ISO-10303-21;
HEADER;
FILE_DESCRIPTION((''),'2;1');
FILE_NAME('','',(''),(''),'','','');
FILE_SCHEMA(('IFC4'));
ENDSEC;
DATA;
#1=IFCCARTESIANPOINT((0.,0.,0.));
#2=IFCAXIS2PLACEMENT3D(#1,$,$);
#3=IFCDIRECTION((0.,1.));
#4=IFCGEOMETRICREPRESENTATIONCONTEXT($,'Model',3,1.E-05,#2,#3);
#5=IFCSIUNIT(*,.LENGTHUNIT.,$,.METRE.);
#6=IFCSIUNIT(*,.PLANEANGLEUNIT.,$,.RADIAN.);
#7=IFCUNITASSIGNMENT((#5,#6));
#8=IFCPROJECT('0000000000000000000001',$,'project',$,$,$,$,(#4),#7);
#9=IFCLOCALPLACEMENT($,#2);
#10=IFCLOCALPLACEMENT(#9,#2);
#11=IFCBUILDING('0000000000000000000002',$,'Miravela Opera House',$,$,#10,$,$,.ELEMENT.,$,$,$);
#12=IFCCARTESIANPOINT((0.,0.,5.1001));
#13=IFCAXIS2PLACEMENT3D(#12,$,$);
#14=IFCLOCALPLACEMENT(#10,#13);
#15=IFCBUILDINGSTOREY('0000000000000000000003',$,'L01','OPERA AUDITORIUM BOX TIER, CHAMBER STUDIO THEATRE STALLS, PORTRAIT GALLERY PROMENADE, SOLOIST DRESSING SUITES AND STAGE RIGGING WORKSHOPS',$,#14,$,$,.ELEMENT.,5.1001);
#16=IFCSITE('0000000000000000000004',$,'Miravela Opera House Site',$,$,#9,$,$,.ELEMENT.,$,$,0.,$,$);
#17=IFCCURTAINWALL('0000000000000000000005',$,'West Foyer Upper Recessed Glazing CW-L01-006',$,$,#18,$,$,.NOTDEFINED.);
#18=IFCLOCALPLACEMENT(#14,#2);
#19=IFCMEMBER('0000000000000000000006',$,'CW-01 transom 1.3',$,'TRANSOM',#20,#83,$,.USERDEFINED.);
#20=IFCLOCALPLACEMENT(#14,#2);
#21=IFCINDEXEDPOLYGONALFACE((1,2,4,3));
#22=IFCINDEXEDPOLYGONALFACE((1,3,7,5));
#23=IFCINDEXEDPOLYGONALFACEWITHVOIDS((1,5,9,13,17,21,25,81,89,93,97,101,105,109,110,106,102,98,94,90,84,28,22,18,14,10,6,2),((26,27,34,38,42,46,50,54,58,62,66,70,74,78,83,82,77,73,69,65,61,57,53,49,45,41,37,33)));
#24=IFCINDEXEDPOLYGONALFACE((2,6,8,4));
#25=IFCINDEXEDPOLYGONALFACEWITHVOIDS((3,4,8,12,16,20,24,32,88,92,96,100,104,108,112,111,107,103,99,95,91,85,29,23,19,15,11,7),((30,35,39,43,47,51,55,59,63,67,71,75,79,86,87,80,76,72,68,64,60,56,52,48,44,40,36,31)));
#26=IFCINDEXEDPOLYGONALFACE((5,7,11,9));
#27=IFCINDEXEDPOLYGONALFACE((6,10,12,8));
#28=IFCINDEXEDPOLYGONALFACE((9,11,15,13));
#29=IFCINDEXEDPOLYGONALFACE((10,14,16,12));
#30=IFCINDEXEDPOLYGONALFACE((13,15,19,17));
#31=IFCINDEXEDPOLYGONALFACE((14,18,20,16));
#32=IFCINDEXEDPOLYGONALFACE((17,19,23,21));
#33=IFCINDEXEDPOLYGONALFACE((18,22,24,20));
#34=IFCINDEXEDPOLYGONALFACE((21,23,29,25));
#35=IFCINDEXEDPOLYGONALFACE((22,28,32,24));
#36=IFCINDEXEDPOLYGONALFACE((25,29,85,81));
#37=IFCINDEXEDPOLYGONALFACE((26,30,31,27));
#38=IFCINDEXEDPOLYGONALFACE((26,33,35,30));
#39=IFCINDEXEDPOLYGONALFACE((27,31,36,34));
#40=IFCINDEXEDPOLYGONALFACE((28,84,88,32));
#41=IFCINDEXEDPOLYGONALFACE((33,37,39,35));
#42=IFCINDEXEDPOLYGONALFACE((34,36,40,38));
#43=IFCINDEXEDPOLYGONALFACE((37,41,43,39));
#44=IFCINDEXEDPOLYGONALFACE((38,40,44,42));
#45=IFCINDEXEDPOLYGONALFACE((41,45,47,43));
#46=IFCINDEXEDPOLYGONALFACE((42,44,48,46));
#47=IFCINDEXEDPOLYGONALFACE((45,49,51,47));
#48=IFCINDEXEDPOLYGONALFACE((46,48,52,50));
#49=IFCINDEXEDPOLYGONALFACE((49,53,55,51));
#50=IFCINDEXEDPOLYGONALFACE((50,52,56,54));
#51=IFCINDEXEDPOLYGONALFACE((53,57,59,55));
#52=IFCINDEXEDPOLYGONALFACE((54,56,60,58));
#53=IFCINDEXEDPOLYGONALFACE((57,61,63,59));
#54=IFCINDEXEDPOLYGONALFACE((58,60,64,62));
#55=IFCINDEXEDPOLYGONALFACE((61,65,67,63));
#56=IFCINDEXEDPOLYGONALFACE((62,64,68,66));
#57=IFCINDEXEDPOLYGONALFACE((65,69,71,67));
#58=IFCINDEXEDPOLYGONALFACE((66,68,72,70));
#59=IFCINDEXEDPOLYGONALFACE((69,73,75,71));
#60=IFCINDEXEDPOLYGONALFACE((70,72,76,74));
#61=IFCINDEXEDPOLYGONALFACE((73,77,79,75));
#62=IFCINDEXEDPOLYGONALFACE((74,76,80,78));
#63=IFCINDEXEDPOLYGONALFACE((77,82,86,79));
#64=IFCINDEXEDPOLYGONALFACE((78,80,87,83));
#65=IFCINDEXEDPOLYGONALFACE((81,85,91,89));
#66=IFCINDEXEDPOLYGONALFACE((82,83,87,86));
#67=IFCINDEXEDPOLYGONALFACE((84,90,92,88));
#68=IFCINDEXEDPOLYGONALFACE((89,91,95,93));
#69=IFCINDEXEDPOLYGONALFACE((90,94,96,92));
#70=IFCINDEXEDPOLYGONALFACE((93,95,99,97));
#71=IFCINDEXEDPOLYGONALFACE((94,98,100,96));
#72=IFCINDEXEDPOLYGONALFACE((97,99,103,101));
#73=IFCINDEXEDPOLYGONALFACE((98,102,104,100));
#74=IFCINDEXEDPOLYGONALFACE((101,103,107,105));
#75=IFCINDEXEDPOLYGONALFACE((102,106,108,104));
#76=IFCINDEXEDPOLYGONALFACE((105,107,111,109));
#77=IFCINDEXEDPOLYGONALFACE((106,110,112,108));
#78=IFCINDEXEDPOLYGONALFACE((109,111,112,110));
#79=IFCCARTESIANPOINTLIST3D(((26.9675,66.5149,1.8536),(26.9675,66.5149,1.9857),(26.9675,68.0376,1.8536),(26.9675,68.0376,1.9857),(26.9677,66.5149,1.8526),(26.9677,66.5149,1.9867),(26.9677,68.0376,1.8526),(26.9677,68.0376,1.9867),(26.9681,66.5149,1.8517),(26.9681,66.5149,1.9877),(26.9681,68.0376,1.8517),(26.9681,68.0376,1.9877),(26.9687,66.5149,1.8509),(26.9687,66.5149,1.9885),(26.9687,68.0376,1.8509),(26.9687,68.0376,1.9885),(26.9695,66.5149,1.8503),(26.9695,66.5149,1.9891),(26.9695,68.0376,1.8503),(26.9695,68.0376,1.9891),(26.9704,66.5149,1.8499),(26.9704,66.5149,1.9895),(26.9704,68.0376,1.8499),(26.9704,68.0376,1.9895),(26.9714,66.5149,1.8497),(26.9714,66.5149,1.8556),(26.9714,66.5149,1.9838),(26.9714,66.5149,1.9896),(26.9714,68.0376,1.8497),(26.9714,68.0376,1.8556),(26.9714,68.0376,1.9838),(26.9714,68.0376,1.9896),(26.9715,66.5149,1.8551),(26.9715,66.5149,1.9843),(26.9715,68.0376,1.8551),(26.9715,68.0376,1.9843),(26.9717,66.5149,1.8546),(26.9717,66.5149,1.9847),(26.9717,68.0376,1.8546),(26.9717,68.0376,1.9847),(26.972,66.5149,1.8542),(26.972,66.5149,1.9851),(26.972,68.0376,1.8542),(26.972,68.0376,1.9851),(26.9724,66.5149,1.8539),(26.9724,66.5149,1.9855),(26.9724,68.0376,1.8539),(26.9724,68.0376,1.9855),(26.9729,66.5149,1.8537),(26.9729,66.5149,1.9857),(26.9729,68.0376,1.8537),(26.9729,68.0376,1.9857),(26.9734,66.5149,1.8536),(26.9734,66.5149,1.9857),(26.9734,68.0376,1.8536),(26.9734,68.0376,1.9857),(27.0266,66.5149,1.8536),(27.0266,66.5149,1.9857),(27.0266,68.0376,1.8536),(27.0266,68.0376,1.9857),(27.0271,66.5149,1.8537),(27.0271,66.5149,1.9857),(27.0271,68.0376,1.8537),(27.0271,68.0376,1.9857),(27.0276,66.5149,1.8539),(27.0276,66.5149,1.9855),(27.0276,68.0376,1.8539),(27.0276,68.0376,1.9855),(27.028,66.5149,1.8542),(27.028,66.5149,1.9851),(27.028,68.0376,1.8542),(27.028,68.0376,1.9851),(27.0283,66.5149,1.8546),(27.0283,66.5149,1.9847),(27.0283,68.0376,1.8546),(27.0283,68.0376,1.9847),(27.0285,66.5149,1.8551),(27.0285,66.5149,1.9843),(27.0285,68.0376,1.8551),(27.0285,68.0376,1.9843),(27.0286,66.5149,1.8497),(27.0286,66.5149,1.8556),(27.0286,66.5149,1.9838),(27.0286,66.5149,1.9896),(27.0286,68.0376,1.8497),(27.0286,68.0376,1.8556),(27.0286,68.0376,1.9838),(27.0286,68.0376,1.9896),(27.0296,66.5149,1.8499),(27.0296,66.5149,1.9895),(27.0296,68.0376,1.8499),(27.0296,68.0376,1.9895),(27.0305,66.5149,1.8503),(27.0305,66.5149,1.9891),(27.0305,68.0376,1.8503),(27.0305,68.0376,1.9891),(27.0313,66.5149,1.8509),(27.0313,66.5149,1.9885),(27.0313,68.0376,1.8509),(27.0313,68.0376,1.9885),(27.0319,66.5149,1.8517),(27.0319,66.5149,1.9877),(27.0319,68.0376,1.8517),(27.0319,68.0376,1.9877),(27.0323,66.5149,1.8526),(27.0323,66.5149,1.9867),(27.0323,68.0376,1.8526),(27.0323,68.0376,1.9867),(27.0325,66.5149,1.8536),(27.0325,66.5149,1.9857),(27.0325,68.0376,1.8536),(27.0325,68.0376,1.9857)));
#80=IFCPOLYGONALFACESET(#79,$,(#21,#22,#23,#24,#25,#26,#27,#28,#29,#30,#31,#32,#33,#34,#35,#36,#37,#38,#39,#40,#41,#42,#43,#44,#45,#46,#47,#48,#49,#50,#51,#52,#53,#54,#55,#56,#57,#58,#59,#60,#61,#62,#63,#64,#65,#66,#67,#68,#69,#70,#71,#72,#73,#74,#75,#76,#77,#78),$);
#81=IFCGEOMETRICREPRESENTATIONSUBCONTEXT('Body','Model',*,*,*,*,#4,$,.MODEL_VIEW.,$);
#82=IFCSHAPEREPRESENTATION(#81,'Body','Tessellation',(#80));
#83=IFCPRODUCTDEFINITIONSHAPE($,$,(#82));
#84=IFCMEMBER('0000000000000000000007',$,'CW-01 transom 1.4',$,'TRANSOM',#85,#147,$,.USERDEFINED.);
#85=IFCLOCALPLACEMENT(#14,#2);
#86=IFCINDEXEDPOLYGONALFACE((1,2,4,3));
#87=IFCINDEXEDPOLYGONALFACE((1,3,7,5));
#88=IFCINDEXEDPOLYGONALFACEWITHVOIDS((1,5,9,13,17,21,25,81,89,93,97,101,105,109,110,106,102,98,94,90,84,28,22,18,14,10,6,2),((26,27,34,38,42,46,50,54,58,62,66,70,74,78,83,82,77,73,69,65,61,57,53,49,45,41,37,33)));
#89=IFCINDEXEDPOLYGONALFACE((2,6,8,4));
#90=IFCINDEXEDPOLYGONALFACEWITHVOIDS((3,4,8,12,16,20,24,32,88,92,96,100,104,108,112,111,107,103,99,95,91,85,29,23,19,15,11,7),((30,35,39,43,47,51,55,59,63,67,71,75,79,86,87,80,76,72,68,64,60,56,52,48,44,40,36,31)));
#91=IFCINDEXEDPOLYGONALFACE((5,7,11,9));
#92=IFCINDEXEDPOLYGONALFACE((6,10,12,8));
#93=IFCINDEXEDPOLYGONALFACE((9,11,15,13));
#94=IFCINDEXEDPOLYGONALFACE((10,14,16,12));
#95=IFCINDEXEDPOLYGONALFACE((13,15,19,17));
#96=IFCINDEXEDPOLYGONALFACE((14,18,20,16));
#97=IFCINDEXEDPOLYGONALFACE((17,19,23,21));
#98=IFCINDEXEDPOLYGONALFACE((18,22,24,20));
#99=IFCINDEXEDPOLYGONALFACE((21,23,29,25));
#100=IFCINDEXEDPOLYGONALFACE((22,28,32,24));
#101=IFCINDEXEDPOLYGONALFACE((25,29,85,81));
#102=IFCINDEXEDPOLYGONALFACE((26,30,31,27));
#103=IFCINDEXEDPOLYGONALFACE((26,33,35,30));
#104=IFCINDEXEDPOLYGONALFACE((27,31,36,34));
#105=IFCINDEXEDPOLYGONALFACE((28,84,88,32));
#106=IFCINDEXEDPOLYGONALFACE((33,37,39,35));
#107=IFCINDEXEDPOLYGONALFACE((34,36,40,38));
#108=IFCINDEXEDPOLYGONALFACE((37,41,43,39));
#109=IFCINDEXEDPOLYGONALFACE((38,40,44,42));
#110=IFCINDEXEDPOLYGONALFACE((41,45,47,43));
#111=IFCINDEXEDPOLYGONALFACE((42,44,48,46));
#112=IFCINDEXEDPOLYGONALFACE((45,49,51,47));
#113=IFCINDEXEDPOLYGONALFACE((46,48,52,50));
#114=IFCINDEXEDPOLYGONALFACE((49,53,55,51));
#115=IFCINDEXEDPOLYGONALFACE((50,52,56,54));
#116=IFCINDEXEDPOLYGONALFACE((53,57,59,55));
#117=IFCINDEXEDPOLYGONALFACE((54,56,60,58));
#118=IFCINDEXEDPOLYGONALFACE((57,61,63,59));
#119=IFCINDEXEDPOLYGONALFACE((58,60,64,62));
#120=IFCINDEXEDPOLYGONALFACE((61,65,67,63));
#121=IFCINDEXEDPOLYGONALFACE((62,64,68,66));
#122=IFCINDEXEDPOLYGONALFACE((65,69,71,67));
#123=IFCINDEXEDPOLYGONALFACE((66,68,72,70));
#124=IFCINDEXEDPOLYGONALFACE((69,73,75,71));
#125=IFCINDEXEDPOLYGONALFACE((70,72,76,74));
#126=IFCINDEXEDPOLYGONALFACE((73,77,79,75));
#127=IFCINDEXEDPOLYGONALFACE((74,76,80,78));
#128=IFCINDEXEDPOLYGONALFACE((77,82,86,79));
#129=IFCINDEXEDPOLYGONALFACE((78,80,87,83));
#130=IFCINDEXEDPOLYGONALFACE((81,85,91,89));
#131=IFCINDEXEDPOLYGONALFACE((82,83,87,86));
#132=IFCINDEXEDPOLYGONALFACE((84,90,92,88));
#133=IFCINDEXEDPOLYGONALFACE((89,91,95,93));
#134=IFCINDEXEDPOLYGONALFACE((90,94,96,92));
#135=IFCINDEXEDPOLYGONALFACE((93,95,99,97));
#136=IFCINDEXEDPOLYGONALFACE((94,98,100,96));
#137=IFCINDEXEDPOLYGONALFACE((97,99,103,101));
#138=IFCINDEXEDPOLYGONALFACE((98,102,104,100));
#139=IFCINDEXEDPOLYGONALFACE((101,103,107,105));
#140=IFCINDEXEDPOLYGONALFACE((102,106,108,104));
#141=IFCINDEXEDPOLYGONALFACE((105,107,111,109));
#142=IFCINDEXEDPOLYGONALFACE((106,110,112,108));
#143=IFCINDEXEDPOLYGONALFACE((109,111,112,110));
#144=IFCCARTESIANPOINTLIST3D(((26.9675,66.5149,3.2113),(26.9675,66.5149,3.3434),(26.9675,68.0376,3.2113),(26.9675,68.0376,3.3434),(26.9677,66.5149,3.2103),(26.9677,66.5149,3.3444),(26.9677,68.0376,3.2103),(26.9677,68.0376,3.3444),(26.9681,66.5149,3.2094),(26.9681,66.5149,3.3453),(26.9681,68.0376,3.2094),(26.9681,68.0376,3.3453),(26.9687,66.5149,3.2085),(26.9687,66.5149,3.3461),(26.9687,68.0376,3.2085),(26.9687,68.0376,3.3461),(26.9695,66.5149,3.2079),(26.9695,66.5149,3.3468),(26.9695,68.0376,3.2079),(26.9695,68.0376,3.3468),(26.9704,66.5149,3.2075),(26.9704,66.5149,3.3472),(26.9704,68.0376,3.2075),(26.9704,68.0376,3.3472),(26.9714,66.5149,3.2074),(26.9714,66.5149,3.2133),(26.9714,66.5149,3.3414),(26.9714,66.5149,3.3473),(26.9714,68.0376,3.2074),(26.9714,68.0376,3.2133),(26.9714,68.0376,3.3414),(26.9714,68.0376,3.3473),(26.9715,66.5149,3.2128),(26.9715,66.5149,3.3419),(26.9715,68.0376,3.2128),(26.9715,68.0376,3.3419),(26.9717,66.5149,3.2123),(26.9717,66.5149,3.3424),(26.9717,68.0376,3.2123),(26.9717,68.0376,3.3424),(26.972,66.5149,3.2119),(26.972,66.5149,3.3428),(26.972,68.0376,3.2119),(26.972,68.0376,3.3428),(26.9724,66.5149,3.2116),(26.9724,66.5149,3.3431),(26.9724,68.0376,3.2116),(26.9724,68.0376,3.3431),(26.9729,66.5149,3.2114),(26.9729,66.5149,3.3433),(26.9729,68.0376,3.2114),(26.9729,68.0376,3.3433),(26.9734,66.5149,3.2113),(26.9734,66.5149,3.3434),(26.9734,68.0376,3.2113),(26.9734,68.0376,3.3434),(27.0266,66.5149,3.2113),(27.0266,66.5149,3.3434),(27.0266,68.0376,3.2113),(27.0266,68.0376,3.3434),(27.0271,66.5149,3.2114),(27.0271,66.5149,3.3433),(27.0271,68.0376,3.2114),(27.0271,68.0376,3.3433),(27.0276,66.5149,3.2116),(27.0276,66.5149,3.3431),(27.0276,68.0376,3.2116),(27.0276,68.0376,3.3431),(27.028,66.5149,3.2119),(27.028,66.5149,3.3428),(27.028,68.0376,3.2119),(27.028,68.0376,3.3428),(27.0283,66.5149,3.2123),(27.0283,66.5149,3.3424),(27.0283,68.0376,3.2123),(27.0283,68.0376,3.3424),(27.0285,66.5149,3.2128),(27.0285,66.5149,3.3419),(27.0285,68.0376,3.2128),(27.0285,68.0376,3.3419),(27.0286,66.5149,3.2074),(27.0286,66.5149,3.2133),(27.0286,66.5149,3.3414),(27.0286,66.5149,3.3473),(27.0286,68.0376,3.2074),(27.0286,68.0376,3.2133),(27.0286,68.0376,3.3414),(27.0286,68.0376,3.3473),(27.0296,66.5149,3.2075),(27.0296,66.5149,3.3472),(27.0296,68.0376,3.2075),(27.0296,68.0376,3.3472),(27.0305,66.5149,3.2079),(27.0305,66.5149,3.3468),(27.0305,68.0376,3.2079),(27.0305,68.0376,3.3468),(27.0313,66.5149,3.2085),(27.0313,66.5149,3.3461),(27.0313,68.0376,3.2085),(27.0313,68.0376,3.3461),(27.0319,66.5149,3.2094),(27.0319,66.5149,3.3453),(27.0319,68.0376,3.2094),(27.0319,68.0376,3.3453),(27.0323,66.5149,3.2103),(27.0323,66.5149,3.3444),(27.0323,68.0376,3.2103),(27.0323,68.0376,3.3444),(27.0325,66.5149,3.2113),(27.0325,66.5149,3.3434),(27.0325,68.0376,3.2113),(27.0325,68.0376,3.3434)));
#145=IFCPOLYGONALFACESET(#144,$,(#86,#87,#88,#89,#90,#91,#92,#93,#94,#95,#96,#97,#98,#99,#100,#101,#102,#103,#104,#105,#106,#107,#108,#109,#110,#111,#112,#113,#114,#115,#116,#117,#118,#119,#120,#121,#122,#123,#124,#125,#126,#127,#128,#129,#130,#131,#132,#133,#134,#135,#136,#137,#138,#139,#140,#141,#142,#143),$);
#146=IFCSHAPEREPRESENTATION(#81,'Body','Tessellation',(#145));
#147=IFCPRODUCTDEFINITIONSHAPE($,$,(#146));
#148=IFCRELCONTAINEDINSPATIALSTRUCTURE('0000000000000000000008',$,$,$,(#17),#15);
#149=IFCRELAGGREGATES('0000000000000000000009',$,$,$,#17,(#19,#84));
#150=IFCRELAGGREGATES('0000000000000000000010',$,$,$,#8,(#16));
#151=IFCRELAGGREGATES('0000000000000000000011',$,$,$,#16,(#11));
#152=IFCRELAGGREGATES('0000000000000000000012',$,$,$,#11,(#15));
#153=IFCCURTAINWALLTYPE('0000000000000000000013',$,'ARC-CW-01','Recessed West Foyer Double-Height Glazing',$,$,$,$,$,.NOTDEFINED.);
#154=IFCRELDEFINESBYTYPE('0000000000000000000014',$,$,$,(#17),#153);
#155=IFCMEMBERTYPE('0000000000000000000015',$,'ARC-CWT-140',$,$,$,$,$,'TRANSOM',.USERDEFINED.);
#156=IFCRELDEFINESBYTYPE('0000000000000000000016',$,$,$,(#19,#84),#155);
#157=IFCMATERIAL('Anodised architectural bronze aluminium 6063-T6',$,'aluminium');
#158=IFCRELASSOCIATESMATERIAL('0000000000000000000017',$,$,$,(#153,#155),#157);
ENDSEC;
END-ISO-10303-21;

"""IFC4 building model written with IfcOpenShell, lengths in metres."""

from ifc_helpers import new_model, si_unit, direction, frame, origin, origin_2d, place, context, subcontext, project, spatial, hollow_rectangle, extrude, material, material_profile, profile_set, type_object, element, aggregate, save


model = new_model("IFC4")

# Units and contexts
model_context = context("Model", 3, precision=1e-05, world=origin(), true_north=direction((0.0, 1.0)))
body_context = subcontext(model_context, "Body", "Model", "MODEL_VIEW")
ifc_project = project(units=[si_unit("LENGTHUNIT", "METRE"), si_unit("PLANEANGLEUNIT", "RADIAN")], contexts=[model_context])

# Site, building, storey
site_placement = place(None, origin())
site = spatial("IfcSite", under=ifc_project, at=site_placement, Name="Miravela Opera House Site", CompositionType="ELEMENT", RefElevation=0.0)
building_placement = place(site_placement, origin())
building = spatial("IfcBuilding", under=site, at=building_placement, Name="Miravela Opera House", CompositionType="ELEMENT")
storey_placement = place(building_placement, frame((0.0, 0.0, 5.1001)))
storey = spatial("IfcBuildingStorey", under=building, at=storey_placement, Name="L01", Description="OPERA AUDITORIUM BOX TIER, CHAMBER STUDIO THEATRE STALLS, PORTRAIT GALLERY PROMENADE, SOLOIST DRESSING SUITES AND STAGE RIGGING WORKSHOPS", CompositionType="ELEMENT", Elevation=5.1001)

# Curtain wall, members
ifc_material_1 = material(Name="Anodised architectural bronze aluminium 6063-T6", Category="aluminium")
curtain_wall_type = type_object("IfcCurtainWallType", Name="ARC-CW-01", Description="Recessed West Foyer Double-Height Glazing", PredefinedType="NOTDEFINED", material=ifc_material_1)
curtain_wall_placement = place(storey_placement, origin())
curtain_wall = element("IfcCurtainWall", 1, at=curtain_wall_placement, inside=storey, type_object=curtain_wall_type, Name="West Foyer Upper Recessed Glazing CW-L01-006", PredefinedType="NOTDEFINED")
ifc_material_profile_1 = material_profile(ifc_material_1, hollow_rectangle(XDim=0.0649, YDim=0.1399, WallThickness=0.0039, InnerFilletRadius=0.002, OuterFilletRadius=0.0039, at=origin_2d()), Name="CWT-65X140")
ifc_profile_set_1 = profile_set([ifc_material_profile_1])
member_type_1 = type_object("IfcMemberType", Name="ARC-CWT-140", ElementType="TRANSOM", PredefinedType="USERDEFINED", material=ifc_profile_set_1)
member_1_placement = place(storey_placement, frame((27.0, 66.5149, 1.9197), z_axis=(0.0, 1.0, 0.0), x_axis=(-1.0, 0.0, 0.0)))
member_1 = element("IfcMember", 2, at=member_1_placement, type_object=member_type_1, Name="CW-01 transom 1.3", ObjectType="TRANSOM", PredefinedType="USERDEFINED", context=body_context, shape_type="SweptSolid", body=[
    extrude(hollow_rectangle(XDim=0.0649, YDim=0.1399, WallThickness=0.0039, InnerFilletRadius=0.002, OuterFilletRadius=0.0039, at=origin_2d()), origin(), (0.0, 0.0, 1.0), 1.5227),
])
member_2_placement = place(storey_placement, frame((27.0, 66.5149, 3.2773), z_axis=(0.0, 1.0, 0.0), x_axis=(-1.0, 0.0, 0.0)))
member_2 = element("IfcMember", 3, at=member_2_placement, type_object=member_type_1, Name="CW-01 transom 1.4", ObjectType="TRANSOM", PredefinedType="USERDEFINED", context=body_context, shape_type="SweptSolid", body=[
    extrude(hollow_rectangle(XDim=0.0649, YDim=0.1399, WallThickness=0.0039, InnerFilletRadius=0.002, OuterFilletRadius=0.0039, at=origin_2d()), origin(), (0.0, 0.0, 1.0), 1.5227),
])

aggregate(curtain_wall, [member_1, member_2])

save(model, "model.ifc")
